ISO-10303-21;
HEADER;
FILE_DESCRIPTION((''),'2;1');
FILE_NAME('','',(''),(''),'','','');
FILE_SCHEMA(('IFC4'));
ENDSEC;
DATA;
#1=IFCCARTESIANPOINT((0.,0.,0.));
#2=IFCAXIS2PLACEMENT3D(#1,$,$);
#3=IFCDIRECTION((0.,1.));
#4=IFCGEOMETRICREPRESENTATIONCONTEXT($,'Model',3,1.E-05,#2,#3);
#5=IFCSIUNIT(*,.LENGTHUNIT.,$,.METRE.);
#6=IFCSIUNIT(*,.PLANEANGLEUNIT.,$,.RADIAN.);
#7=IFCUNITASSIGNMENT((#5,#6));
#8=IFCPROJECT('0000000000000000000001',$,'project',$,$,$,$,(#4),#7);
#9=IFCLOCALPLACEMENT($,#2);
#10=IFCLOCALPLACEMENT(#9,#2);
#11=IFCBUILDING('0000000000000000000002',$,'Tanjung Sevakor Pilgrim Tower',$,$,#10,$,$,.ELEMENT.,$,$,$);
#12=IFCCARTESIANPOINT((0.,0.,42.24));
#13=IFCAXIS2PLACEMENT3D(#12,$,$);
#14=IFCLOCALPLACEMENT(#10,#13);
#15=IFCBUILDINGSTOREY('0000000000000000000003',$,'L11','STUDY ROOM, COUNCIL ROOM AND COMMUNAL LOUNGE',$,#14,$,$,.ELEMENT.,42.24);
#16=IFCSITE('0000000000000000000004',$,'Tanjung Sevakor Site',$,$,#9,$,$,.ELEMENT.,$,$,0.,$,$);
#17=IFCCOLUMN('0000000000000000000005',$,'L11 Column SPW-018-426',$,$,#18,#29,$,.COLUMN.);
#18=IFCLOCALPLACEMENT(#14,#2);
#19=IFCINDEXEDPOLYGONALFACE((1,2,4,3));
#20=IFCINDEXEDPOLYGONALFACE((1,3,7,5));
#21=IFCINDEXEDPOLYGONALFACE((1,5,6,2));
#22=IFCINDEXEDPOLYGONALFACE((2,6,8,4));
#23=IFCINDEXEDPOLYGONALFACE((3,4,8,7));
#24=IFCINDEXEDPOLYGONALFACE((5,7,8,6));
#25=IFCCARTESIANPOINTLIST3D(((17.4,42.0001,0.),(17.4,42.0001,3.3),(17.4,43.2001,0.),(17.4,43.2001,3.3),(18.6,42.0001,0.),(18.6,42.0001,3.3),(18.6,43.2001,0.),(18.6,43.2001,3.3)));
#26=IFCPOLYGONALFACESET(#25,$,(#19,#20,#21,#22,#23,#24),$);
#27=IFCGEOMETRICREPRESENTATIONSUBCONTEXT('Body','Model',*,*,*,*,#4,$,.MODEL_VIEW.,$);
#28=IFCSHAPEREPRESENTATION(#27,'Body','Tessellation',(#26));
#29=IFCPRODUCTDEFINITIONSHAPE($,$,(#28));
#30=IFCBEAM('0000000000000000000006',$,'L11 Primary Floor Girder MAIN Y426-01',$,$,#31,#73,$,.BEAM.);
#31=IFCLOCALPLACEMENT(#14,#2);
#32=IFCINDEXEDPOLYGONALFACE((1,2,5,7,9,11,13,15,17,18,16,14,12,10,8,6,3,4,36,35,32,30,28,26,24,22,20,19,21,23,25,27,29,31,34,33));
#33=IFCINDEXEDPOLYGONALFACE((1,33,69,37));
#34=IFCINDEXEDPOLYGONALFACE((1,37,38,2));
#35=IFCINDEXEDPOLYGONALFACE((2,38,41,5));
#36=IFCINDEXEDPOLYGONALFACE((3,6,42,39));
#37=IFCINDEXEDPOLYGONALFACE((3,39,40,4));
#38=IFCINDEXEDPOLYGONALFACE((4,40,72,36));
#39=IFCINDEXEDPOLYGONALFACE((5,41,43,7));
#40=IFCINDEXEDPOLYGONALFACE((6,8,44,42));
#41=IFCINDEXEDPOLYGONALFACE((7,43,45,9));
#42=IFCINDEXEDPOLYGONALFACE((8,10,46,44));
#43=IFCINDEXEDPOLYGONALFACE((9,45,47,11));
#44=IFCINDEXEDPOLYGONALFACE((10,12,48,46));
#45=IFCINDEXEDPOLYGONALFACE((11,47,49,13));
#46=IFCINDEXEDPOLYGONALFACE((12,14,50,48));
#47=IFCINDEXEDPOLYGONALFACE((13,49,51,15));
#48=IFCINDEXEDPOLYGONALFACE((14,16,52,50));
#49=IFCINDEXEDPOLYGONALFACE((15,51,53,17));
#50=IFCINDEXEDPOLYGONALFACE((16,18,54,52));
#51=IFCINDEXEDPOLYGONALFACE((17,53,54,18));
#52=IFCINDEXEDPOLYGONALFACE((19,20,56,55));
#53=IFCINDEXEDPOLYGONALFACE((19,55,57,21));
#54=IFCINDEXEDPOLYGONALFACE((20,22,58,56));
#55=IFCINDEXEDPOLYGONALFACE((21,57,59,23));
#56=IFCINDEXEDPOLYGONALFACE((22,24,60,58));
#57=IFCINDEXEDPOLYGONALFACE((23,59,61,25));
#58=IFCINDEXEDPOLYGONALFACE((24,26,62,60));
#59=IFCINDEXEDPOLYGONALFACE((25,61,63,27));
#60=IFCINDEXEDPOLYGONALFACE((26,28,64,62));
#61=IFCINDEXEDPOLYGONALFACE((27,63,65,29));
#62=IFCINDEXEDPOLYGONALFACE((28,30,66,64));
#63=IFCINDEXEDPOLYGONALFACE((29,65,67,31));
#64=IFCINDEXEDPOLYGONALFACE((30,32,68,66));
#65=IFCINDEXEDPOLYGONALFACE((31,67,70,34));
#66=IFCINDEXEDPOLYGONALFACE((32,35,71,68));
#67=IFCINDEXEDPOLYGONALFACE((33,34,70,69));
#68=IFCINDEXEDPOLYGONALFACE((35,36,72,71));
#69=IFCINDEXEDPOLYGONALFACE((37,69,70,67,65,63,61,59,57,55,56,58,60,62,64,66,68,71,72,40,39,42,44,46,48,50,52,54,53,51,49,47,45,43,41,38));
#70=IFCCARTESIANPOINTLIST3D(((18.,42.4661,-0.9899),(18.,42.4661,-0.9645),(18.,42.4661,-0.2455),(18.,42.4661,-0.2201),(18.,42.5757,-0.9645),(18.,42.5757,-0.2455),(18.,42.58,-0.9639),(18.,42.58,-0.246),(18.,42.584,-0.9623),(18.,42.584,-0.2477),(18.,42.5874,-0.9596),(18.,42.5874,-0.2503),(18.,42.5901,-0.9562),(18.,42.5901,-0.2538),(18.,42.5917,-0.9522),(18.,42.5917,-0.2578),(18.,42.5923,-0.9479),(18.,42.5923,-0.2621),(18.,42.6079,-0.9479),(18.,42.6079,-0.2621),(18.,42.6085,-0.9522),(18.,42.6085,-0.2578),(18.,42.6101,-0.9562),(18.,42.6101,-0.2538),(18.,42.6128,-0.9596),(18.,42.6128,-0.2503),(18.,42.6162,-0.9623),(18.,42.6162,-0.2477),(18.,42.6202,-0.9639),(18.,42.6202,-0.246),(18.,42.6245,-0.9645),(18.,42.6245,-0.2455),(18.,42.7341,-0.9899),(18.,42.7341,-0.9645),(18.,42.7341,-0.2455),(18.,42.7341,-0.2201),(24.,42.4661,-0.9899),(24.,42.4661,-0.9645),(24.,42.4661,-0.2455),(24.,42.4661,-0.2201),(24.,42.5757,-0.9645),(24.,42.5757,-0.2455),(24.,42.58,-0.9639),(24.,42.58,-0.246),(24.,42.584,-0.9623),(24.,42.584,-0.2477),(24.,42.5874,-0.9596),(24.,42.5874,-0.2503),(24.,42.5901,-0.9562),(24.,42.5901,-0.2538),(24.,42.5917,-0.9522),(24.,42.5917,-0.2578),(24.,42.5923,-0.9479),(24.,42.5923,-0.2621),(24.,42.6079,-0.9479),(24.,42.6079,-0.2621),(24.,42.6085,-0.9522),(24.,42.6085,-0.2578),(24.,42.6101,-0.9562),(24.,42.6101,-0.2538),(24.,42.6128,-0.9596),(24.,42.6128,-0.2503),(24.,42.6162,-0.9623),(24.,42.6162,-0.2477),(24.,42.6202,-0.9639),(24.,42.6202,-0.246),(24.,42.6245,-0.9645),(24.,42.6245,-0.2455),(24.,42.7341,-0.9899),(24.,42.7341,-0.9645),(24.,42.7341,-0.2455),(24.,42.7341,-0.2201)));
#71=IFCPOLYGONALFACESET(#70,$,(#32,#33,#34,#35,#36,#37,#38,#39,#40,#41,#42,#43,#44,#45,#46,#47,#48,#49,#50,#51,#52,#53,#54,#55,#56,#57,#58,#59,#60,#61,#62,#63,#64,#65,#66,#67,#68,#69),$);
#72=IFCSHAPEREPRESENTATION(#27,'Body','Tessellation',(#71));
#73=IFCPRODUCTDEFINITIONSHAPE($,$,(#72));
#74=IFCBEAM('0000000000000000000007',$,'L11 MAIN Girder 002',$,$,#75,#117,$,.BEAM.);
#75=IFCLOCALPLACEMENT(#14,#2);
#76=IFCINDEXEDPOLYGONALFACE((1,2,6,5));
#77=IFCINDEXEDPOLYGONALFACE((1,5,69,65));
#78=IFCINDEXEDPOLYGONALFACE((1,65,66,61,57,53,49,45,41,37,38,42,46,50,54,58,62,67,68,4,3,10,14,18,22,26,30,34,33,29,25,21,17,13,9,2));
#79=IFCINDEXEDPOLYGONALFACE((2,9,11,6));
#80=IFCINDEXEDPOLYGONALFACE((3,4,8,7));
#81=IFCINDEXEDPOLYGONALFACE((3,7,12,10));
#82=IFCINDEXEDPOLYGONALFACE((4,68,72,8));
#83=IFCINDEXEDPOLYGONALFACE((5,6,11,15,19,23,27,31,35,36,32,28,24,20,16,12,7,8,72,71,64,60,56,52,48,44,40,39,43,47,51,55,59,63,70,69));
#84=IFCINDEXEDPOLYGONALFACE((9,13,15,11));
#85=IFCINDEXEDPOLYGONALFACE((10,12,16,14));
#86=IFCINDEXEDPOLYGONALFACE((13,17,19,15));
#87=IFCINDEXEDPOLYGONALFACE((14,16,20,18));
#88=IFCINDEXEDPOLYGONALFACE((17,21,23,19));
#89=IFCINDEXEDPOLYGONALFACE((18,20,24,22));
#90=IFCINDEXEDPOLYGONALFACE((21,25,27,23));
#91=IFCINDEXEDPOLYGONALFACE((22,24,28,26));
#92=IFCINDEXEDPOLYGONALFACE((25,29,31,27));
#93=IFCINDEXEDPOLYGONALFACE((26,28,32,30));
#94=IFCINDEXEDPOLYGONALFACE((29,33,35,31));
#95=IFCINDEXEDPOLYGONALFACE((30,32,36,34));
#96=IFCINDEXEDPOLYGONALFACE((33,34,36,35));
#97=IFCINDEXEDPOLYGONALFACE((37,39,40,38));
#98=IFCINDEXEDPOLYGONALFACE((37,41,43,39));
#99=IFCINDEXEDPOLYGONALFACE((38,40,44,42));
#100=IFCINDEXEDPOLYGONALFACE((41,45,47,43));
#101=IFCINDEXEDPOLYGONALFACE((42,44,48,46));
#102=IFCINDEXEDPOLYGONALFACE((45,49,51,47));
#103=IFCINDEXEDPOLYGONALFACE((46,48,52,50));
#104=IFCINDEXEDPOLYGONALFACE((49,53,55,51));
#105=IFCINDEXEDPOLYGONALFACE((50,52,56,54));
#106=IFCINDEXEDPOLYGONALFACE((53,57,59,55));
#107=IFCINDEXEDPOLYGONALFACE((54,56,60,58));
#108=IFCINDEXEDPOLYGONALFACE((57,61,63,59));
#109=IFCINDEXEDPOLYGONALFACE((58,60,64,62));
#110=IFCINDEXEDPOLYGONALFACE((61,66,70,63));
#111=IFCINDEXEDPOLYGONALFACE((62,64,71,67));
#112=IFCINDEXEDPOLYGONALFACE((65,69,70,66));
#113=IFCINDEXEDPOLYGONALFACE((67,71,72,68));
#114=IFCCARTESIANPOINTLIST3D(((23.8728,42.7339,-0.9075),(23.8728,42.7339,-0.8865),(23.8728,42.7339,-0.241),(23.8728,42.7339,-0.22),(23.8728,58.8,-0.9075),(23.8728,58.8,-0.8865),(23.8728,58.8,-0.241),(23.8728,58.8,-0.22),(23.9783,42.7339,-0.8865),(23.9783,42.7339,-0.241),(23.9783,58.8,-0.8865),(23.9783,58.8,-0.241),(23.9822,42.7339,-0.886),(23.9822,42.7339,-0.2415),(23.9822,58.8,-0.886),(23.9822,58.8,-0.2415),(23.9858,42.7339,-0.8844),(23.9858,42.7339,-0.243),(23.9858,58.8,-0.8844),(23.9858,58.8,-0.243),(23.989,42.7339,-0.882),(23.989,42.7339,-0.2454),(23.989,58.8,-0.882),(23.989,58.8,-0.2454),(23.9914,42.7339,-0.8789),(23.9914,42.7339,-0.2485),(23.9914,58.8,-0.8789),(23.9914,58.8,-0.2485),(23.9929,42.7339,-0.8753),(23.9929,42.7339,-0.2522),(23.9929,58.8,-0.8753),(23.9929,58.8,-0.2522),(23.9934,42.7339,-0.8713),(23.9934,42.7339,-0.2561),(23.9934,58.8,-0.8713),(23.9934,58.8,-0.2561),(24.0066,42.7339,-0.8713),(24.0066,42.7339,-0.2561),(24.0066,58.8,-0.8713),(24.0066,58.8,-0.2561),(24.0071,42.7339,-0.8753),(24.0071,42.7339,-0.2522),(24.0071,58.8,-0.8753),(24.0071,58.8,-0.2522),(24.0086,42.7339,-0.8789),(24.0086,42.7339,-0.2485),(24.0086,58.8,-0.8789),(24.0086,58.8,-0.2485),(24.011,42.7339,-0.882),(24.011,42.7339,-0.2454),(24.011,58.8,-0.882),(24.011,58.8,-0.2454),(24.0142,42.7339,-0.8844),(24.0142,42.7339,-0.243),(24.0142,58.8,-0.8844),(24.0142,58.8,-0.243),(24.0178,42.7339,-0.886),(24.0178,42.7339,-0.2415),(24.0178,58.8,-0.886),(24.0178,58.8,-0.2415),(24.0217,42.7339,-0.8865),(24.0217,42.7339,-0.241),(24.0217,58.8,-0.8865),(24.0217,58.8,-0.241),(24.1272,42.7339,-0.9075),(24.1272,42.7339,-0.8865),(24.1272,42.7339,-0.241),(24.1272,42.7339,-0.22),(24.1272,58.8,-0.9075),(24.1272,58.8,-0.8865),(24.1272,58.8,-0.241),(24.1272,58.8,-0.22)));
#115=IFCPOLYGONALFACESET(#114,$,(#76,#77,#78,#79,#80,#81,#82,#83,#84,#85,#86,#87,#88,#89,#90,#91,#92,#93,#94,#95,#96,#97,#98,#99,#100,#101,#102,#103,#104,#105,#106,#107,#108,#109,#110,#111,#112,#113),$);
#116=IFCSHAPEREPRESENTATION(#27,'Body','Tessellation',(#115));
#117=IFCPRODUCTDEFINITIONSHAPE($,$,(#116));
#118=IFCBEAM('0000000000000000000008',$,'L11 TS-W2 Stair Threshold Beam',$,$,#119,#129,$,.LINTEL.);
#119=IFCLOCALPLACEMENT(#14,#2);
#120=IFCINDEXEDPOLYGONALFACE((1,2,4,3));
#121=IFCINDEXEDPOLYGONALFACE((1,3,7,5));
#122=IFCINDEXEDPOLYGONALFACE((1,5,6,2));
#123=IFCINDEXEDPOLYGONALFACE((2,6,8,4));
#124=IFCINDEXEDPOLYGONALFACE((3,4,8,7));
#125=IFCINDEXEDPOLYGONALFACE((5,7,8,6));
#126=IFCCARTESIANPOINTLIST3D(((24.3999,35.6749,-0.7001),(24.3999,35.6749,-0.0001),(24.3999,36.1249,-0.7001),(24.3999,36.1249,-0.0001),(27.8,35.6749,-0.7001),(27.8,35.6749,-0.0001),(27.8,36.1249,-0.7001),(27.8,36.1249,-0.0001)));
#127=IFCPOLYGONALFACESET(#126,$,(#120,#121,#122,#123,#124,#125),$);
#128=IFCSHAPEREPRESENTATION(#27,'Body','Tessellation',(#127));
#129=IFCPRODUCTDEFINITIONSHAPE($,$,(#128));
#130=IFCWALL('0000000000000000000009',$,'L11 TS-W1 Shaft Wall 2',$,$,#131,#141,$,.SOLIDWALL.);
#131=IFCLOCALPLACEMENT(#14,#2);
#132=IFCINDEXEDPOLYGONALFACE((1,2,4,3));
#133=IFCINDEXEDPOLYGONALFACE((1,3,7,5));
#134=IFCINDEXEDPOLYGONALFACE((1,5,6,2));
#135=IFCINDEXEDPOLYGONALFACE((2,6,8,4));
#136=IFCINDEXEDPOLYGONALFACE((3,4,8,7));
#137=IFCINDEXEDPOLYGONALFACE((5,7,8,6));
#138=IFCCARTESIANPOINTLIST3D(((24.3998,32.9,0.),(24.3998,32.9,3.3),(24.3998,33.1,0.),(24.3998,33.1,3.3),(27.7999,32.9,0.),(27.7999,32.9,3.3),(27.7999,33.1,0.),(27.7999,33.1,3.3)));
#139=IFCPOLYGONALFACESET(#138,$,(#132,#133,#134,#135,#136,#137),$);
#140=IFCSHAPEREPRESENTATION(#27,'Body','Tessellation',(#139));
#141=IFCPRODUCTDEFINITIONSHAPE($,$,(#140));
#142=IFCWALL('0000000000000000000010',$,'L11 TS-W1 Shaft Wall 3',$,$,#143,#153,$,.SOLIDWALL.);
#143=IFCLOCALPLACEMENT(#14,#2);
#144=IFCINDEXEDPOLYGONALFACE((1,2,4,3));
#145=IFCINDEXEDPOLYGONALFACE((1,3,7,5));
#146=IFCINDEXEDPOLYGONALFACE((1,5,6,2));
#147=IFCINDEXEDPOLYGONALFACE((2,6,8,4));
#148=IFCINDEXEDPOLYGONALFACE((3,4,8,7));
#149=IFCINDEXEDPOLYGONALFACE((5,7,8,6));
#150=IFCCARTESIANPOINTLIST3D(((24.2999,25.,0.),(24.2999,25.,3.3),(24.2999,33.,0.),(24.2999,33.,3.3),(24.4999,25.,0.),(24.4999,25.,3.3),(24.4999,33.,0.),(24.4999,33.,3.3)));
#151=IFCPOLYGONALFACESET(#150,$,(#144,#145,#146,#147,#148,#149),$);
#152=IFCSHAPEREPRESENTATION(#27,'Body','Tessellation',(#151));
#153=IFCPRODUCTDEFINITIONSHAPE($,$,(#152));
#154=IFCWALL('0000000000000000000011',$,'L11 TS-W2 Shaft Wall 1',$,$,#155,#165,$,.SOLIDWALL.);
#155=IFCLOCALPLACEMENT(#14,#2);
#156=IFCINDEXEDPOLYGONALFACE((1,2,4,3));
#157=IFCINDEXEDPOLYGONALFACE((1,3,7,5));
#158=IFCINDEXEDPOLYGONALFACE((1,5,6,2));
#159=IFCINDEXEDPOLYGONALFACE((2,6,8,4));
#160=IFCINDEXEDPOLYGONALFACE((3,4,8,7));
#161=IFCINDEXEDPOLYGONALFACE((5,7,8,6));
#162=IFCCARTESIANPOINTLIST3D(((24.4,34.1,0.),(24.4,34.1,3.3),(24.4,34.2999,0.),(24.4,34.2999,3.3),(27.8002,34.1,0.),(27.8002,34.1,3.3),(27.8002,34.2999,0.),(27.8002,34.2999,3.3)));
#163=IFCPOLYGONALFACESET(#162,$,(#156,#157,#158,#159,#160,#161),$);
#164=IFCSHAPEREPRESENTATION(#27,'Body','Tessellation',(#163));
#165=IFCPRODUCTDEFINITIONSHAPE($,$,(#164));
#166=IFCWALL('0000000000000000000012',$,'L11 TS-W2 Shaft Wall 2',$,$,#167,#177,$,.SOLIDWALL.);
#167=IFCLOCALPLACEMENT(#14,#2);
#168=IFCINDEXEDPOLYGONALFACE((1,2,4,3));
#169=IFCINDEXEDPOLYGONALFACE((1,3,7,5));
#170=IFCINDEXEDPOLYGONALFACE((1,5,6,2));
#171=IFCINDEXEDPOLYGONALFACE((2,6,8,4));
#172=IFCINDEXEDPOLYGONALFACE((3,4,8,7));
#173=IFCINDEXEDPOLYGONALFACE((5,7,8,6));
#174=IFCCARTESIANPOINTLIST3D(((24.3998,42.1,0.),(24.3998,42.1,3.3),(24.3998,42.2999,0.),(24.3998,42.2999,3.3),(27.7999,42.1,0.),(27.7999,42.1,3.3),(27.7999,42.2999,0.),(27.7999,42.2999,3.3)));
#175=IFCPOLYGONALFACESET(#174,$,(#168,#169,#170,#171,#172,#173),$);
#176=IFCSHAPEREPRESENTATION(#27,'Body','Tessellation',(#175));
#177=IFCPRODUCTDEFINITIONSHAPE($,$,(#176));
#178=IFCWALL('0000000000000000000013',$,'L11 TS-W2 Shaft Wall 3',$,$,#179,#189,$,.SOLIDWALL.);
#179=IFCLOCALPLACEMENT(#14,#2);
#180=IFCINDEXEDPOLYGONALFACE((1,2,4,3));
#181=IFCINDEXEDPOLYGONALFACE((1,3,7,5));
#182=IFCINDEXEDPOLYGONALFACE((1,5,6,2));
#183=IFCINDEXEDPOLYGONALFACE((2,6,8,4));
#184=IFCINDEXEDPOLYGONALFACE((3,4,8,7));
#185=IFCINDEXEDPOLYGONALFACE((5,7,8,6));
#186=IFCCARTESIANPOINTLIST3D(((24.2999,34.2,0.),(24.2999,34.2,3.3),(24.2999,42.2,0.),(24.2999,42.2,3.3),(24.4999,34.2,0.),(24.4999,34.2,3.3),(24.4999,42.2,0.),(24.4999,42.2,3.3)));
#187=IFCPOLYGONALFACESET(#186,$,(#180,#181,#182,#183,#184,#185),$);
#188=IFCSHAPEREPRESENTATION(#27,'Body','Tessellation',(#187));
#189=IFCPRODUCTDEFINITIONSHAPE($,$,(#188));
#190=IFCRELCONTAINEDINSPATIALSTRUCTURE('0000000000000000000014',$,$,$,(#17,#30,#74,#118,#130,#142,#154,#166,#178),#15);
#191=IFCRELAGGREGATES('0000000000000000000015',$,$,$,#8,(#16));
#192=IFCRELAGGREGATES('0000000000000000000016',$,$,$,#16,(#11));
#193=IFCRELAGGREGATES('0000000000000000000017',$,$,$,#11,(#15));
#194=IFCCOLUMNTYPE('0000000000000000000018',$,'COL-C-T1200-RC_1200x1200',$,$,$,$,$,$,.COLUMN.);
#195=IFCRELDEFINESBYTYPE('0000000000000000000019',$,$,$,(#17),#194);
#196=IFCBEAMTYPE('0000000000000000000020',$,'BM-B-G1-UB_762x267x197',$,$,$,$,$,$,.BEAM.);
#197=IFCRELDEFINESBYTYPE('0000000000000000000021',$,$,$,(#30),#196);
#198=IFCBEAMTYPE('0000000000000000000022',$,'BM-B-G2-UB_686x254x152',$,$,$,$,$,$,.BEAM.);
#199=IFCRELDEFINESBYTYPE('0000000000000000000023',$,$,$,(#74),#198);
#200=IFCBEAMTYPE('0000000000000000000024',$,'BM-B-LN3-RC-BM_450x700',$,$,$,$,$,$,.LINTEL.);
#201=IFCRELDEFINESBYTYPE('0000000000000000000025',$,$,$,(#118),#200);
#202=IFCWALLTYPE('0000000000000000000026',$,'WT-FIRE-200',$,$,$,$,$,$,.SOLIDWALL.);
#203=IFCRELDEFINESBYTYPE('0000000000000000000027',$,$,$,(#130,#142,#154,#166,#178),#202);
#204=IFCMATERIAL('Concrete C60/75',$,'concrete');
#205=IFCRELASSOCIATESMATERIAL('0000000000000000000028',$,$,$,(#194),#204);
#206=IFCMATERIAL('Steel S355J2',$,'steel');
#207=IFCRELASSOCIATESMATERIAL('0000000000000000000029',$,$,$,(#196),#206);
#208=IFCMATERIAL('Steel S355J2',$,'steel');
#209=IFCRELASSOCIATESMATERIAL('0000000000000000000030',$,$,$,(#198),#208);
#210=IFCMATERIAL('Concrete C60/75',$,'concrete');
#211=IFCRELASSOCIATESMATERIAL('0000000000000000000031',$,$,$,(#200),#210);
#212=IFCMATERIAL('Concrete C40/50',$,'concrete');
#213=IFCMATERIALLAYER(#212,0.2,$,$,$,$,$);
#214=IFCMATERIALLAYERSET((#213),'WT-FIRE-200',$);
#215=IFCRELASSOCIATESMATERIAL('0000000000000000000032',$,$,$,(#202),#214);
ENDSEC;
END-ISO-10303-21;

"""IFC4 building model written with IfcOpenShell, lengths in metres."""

from ifc_helpers import new_model, si_unit, direction, frame, frame_2d, origin, origin_2d, place, context, subcontext, project, spatial, rectangle, i_section, extrude, material, layer, layer_set, material_profile, profile_set, type_object, element, save


model = new_model("IFC4")

# Units and contexts
model_context = context("Model", 3, precision=1e-05, world=origin(), true_north=direction((0.0, 1.0)))
body_context = subcontext(model_context, "Body", "Model", "MODEL_VIEW")
ifc_project = project(units=[si_unit("LENGTHUNIT", "METRE"), si_unit("PLANEANGLEUNIT", "RADIAN")], contexts=[model_context])

# Site, building, storey
site_placement = place(None, origin())
site = spatial("IfcSite", under=ifc_project, at=site_placement, Name="Tanjung Sevakor Site", CompositionType="ELEMENT", RefElevation=0.0)
building_placement = place(site_placement, origin())
building = spatial("IfcBuilding", under=site, at=building_placement, Name="Tanjung Sevakor Pilgrim Tower", CompositionType="ELEMENT")
storey_placement = place(building_placement, frame((0.0, 0.0, 42.24)))
storey = spatial("IfcBuildingStorey", under=building, at=storey_placement, Name="L11", Description="STUDY ROOM, COUNCIL ROOM AND COMMUNAL LOUNGE", CompositionType="ELEMENT", Elevation=42.24)

# Column
ifc_material_1 = material(Name="Concrete C60/75", Category="concrete")
ifc_material_profile_1 = material_profile(ifc_material_1, rectangle(XDim=1.2, YDim=1.2, at=origin_2d()))
ifc_profile_set_1 = profile_set([ifc_material_profile_1], Name="Concrete C60/75")
column_type = type_object("IfcColumnType", Name="COL-C-T1200-RC_1200x1200", PredefinedType="COLUMN", material=ifc_profile_set_1)
column_placement = place(storey_placement, frame((18.0, 42.6001, 0.0), z_axis=(0.0, 0.0, 1.0), x_axis=(1.0, 0.0, 0.0)))
element("IfcColumn", 1, at=column_placement, inside=storey, type_object=column_type, Name="L11 Column SPW-018-426", PredefinedType="COLUMN", context=body_context, shape_type="SweptSolid", body=[
    extrude(rectangle(XDim=1.2, YDim=1.2, at=origin_2d()), origin(), (0.0, 0.0, 1.0), 3.3),
])

# Beams
ifc_material_2 = material(Name="Steel S355J2", Category="steel")
ifc_material_profile_2 = material_profile(ifc_material_2, i_section(OverallWidth=0.2681, OverallDepth=0.7698, WebThickness=0.0156, FlangeThickness=0.0254, FilletRadius=0.0166, at=origin_2d()))
ifc_profile_set_2 = profile_set([ifc_material_profile_2], Name="Steel S355J2")
beam_type_1 = type_object("IfcBeamType", Name="BM-B-G1-UB_762x267x197", PredefinedType="BEAM", material=ifc_profile_set_2)
beam_1_placement = place(storey_placement, frame((18.0, 42.6001, -0.605), z_axis=(1.0, 0.0, 0.0), x_axis=(0.0, 1.0, 0.0)))
element("IfcBeam", 2, at=beam_1_placement, inside=storey, type_object=beam_type_1, Name="L11 Primary Floor Girder MAIN Y426-01", PredefinedType="BEAM", context=body_context, shape_type="SweptSolid", body=[
    extrude(i_section(OverallWidth=0.2681, OverallDepth=0.7698, WebThickness=0.0156, FlangeThickness=0.0254, FilletRadius=0.0166, at=origin_2d()), origin(), (0.0, 0.0, 1.0), 6.0),
])
ifc_material_3 = material(Name="Steel S355J2", Category="steel")
ifc_material_profile_3 = material_profile(ifc_material_3, i_section(OverallWidth=0.2544, OverallDepth=0.6875, WebThickness=0.0132, FlangeThickness=0.021, FilletRadius=0.0151, at=origin_2d()))
ifc_profile_set_3 = profile_set([ifc_material_profile_3], Name="Steel S355J2")
beam_type_2 = type_object("IfcBeamType", Name="BM-B-G2-UB_686x254x152", PredefinedType="BEAM", material=ifc_profile_set_3)
beam_2_placement = place(storey_placement, frame((24.0, 42.7339, -0.5637), z_axis=(0.0, 1.0, 0.0), x_axis=(-1.0, 0.0, 0.0)))
element("IfcBeam", 3, at=beam_2_placement, inside=storey, type_object=beam_type_2, Name="L11 MAIN Girder 002", PredefinedType="BEAM", context=body_context, shape_type="SweptSolid", body=[
    extrude(i_section(OverallWidth=0.2544, OverallDepth=0.6875, WebThickness=0.0132, FlangeThickness=0.021, FilletRadius=0.0151, at=origin_2d()), origin(), (0.0, 0.0, 1.0), 16.0662),
])
ifc_material_4 = material(Name="Concrete C60/75", Category="concrete")
ifc_material_profile_4 = material_profile(ifc_material_4, rectangle(XDim=0.45, YDim=0.7, at=origin_2d()))
ifc_profile_set_4 = profile_set([ifc_material_profile_4], Name="Concrete C60/75")
beam_type_3 = type_object("IfcBeamType", Name="BM-B-LN3-RC-BM_450x700", PredefinedType="LINTEL", material=ifc_profile_set_4)
beam_3_placement = place(storey_placement, frame((24.3999, 35.8999, -0.3501), z_axis=(1.0, 0.0, 0.0), x_axis=(0.0, 1.0, 0.0)))
element("IfcBeam", 4, at=beam_3_placement, inside=storey, type_object=beam_type_3, Name="L11 TS-W2 Stair Threshold Beam", PredefinedType="LINTEL", context=body_context, shape_type="SweptSolid", body=[
    extrude(rectangle(XDim=0.45, YDim=0.7, at=origin_2d()), origin(), (0.0, 0.0, 1.0), 3.4001),
])

# Walls
ifc_material_5 = material(Name="Concrete C40/50", Category="concrete")
ifc_layer_1 = layer(ifc_material_5, 0.2)
ifc_layer_set_1 = layer_set([ifc_layer_1], Name="WT-FIRE-200")
wall_type_1 = type_object("IfcWallType", Name="WT-FIRE-200", PredefinedType="SOLIDWALL", material=ifc_layer_set_1)
wall_1_placement = place(storey_placement, frame((27.8, 33.0, 0.0), z_axis=(0.0, 0.0, 1.0), x_axis=(-1.0, 0.0, 0.0)))
element("IfcWall", 5, at=wall_1_placement, inside=storey, type_object=wall_type_1, Name="L11 TS-W1 Shaft Wall 2", PredefinedType="SOLIDWALL", context=body_context, shape_type="SweptSolid", body=[
    extrude(rectangle(XDim=3.4001, YDim=0.2, at=frame_2d((1.7002, 0.0))), origin(), (0.0, 0.0, 1.0), 3.3),
])
wall_2_placement = place(storey_placement, frame((24.3999, 33.0, 0.0), z_axis=(0.0, 0.0, 1.0), x_axis=(0.0, -1.0, 0.0)))
element("IfcWall", 6, at=wall_2_placement, inside=storey, type_object=wall_type_1, Name="L11 TS-W1 Shaft Wall 3", PredefinedType="SOLIDWALL", context=body_context, shape_type="SweptSolid", body=[
    extrude(rectangle(XDim=8.0, YDim=0.2, at=frame_2d((4.0, 0.0))), origin(), (0.0, 0.0, 1.0), 3.3),
])
for number, where, z_axis, x_axis, name in (
    (7, (24.3999, 34.2, 0.0), (0.0, 0.0, 1.0), (1.0, 0.0, 0.0), "L11 TS-W2 Shaft Wall 1"),
    (8, (27.8, 42.2, 0.0), (0.0, 0.0, 1.0), (-1.0, 0.0, 0.0), "L11 TS-W2 Shaft Wall 2"),
):
    element("IfcWall", number, at=place(storey_placement, frame(where, z_axis=z_axis, x_axis=x_axis)), inside=storey, type_object=wall_type_1, Name=name, PredefinedType="SOLIDWALL", context=body_context, shape_type="SweptSolid", body=[
        extrude(rectangle(XDim=3.4001, YDim=0.2, at=frame_2d((1.7002, 0.0))), origin(), (0.0, 0.0, 1.0), 3.3),
    ])
wall_3_placement = place(storey_placement, frame((24.3999, 42.2, 0.0), z_axis=(0.0, 0.0, 1.0), x_axis=(0.0, -1.0, 0.0)))
element("IfcWall", 9, at=wall_3_placement, inside=storey, type_object=wall_type_1, Name="L11 TS-W2 Shaft Wall 3", PredefinedType="SOLIDWALL", context=body_context, shape_type="SweptSolid", body=[
    extrude(rectangle(XDim=8.0, YDim=0.2, at=frame_2d((4.0, 0.0))), origin(), (0.0, 0.0, 1.0), 3.3),
])

save(model, "model.ifc")
